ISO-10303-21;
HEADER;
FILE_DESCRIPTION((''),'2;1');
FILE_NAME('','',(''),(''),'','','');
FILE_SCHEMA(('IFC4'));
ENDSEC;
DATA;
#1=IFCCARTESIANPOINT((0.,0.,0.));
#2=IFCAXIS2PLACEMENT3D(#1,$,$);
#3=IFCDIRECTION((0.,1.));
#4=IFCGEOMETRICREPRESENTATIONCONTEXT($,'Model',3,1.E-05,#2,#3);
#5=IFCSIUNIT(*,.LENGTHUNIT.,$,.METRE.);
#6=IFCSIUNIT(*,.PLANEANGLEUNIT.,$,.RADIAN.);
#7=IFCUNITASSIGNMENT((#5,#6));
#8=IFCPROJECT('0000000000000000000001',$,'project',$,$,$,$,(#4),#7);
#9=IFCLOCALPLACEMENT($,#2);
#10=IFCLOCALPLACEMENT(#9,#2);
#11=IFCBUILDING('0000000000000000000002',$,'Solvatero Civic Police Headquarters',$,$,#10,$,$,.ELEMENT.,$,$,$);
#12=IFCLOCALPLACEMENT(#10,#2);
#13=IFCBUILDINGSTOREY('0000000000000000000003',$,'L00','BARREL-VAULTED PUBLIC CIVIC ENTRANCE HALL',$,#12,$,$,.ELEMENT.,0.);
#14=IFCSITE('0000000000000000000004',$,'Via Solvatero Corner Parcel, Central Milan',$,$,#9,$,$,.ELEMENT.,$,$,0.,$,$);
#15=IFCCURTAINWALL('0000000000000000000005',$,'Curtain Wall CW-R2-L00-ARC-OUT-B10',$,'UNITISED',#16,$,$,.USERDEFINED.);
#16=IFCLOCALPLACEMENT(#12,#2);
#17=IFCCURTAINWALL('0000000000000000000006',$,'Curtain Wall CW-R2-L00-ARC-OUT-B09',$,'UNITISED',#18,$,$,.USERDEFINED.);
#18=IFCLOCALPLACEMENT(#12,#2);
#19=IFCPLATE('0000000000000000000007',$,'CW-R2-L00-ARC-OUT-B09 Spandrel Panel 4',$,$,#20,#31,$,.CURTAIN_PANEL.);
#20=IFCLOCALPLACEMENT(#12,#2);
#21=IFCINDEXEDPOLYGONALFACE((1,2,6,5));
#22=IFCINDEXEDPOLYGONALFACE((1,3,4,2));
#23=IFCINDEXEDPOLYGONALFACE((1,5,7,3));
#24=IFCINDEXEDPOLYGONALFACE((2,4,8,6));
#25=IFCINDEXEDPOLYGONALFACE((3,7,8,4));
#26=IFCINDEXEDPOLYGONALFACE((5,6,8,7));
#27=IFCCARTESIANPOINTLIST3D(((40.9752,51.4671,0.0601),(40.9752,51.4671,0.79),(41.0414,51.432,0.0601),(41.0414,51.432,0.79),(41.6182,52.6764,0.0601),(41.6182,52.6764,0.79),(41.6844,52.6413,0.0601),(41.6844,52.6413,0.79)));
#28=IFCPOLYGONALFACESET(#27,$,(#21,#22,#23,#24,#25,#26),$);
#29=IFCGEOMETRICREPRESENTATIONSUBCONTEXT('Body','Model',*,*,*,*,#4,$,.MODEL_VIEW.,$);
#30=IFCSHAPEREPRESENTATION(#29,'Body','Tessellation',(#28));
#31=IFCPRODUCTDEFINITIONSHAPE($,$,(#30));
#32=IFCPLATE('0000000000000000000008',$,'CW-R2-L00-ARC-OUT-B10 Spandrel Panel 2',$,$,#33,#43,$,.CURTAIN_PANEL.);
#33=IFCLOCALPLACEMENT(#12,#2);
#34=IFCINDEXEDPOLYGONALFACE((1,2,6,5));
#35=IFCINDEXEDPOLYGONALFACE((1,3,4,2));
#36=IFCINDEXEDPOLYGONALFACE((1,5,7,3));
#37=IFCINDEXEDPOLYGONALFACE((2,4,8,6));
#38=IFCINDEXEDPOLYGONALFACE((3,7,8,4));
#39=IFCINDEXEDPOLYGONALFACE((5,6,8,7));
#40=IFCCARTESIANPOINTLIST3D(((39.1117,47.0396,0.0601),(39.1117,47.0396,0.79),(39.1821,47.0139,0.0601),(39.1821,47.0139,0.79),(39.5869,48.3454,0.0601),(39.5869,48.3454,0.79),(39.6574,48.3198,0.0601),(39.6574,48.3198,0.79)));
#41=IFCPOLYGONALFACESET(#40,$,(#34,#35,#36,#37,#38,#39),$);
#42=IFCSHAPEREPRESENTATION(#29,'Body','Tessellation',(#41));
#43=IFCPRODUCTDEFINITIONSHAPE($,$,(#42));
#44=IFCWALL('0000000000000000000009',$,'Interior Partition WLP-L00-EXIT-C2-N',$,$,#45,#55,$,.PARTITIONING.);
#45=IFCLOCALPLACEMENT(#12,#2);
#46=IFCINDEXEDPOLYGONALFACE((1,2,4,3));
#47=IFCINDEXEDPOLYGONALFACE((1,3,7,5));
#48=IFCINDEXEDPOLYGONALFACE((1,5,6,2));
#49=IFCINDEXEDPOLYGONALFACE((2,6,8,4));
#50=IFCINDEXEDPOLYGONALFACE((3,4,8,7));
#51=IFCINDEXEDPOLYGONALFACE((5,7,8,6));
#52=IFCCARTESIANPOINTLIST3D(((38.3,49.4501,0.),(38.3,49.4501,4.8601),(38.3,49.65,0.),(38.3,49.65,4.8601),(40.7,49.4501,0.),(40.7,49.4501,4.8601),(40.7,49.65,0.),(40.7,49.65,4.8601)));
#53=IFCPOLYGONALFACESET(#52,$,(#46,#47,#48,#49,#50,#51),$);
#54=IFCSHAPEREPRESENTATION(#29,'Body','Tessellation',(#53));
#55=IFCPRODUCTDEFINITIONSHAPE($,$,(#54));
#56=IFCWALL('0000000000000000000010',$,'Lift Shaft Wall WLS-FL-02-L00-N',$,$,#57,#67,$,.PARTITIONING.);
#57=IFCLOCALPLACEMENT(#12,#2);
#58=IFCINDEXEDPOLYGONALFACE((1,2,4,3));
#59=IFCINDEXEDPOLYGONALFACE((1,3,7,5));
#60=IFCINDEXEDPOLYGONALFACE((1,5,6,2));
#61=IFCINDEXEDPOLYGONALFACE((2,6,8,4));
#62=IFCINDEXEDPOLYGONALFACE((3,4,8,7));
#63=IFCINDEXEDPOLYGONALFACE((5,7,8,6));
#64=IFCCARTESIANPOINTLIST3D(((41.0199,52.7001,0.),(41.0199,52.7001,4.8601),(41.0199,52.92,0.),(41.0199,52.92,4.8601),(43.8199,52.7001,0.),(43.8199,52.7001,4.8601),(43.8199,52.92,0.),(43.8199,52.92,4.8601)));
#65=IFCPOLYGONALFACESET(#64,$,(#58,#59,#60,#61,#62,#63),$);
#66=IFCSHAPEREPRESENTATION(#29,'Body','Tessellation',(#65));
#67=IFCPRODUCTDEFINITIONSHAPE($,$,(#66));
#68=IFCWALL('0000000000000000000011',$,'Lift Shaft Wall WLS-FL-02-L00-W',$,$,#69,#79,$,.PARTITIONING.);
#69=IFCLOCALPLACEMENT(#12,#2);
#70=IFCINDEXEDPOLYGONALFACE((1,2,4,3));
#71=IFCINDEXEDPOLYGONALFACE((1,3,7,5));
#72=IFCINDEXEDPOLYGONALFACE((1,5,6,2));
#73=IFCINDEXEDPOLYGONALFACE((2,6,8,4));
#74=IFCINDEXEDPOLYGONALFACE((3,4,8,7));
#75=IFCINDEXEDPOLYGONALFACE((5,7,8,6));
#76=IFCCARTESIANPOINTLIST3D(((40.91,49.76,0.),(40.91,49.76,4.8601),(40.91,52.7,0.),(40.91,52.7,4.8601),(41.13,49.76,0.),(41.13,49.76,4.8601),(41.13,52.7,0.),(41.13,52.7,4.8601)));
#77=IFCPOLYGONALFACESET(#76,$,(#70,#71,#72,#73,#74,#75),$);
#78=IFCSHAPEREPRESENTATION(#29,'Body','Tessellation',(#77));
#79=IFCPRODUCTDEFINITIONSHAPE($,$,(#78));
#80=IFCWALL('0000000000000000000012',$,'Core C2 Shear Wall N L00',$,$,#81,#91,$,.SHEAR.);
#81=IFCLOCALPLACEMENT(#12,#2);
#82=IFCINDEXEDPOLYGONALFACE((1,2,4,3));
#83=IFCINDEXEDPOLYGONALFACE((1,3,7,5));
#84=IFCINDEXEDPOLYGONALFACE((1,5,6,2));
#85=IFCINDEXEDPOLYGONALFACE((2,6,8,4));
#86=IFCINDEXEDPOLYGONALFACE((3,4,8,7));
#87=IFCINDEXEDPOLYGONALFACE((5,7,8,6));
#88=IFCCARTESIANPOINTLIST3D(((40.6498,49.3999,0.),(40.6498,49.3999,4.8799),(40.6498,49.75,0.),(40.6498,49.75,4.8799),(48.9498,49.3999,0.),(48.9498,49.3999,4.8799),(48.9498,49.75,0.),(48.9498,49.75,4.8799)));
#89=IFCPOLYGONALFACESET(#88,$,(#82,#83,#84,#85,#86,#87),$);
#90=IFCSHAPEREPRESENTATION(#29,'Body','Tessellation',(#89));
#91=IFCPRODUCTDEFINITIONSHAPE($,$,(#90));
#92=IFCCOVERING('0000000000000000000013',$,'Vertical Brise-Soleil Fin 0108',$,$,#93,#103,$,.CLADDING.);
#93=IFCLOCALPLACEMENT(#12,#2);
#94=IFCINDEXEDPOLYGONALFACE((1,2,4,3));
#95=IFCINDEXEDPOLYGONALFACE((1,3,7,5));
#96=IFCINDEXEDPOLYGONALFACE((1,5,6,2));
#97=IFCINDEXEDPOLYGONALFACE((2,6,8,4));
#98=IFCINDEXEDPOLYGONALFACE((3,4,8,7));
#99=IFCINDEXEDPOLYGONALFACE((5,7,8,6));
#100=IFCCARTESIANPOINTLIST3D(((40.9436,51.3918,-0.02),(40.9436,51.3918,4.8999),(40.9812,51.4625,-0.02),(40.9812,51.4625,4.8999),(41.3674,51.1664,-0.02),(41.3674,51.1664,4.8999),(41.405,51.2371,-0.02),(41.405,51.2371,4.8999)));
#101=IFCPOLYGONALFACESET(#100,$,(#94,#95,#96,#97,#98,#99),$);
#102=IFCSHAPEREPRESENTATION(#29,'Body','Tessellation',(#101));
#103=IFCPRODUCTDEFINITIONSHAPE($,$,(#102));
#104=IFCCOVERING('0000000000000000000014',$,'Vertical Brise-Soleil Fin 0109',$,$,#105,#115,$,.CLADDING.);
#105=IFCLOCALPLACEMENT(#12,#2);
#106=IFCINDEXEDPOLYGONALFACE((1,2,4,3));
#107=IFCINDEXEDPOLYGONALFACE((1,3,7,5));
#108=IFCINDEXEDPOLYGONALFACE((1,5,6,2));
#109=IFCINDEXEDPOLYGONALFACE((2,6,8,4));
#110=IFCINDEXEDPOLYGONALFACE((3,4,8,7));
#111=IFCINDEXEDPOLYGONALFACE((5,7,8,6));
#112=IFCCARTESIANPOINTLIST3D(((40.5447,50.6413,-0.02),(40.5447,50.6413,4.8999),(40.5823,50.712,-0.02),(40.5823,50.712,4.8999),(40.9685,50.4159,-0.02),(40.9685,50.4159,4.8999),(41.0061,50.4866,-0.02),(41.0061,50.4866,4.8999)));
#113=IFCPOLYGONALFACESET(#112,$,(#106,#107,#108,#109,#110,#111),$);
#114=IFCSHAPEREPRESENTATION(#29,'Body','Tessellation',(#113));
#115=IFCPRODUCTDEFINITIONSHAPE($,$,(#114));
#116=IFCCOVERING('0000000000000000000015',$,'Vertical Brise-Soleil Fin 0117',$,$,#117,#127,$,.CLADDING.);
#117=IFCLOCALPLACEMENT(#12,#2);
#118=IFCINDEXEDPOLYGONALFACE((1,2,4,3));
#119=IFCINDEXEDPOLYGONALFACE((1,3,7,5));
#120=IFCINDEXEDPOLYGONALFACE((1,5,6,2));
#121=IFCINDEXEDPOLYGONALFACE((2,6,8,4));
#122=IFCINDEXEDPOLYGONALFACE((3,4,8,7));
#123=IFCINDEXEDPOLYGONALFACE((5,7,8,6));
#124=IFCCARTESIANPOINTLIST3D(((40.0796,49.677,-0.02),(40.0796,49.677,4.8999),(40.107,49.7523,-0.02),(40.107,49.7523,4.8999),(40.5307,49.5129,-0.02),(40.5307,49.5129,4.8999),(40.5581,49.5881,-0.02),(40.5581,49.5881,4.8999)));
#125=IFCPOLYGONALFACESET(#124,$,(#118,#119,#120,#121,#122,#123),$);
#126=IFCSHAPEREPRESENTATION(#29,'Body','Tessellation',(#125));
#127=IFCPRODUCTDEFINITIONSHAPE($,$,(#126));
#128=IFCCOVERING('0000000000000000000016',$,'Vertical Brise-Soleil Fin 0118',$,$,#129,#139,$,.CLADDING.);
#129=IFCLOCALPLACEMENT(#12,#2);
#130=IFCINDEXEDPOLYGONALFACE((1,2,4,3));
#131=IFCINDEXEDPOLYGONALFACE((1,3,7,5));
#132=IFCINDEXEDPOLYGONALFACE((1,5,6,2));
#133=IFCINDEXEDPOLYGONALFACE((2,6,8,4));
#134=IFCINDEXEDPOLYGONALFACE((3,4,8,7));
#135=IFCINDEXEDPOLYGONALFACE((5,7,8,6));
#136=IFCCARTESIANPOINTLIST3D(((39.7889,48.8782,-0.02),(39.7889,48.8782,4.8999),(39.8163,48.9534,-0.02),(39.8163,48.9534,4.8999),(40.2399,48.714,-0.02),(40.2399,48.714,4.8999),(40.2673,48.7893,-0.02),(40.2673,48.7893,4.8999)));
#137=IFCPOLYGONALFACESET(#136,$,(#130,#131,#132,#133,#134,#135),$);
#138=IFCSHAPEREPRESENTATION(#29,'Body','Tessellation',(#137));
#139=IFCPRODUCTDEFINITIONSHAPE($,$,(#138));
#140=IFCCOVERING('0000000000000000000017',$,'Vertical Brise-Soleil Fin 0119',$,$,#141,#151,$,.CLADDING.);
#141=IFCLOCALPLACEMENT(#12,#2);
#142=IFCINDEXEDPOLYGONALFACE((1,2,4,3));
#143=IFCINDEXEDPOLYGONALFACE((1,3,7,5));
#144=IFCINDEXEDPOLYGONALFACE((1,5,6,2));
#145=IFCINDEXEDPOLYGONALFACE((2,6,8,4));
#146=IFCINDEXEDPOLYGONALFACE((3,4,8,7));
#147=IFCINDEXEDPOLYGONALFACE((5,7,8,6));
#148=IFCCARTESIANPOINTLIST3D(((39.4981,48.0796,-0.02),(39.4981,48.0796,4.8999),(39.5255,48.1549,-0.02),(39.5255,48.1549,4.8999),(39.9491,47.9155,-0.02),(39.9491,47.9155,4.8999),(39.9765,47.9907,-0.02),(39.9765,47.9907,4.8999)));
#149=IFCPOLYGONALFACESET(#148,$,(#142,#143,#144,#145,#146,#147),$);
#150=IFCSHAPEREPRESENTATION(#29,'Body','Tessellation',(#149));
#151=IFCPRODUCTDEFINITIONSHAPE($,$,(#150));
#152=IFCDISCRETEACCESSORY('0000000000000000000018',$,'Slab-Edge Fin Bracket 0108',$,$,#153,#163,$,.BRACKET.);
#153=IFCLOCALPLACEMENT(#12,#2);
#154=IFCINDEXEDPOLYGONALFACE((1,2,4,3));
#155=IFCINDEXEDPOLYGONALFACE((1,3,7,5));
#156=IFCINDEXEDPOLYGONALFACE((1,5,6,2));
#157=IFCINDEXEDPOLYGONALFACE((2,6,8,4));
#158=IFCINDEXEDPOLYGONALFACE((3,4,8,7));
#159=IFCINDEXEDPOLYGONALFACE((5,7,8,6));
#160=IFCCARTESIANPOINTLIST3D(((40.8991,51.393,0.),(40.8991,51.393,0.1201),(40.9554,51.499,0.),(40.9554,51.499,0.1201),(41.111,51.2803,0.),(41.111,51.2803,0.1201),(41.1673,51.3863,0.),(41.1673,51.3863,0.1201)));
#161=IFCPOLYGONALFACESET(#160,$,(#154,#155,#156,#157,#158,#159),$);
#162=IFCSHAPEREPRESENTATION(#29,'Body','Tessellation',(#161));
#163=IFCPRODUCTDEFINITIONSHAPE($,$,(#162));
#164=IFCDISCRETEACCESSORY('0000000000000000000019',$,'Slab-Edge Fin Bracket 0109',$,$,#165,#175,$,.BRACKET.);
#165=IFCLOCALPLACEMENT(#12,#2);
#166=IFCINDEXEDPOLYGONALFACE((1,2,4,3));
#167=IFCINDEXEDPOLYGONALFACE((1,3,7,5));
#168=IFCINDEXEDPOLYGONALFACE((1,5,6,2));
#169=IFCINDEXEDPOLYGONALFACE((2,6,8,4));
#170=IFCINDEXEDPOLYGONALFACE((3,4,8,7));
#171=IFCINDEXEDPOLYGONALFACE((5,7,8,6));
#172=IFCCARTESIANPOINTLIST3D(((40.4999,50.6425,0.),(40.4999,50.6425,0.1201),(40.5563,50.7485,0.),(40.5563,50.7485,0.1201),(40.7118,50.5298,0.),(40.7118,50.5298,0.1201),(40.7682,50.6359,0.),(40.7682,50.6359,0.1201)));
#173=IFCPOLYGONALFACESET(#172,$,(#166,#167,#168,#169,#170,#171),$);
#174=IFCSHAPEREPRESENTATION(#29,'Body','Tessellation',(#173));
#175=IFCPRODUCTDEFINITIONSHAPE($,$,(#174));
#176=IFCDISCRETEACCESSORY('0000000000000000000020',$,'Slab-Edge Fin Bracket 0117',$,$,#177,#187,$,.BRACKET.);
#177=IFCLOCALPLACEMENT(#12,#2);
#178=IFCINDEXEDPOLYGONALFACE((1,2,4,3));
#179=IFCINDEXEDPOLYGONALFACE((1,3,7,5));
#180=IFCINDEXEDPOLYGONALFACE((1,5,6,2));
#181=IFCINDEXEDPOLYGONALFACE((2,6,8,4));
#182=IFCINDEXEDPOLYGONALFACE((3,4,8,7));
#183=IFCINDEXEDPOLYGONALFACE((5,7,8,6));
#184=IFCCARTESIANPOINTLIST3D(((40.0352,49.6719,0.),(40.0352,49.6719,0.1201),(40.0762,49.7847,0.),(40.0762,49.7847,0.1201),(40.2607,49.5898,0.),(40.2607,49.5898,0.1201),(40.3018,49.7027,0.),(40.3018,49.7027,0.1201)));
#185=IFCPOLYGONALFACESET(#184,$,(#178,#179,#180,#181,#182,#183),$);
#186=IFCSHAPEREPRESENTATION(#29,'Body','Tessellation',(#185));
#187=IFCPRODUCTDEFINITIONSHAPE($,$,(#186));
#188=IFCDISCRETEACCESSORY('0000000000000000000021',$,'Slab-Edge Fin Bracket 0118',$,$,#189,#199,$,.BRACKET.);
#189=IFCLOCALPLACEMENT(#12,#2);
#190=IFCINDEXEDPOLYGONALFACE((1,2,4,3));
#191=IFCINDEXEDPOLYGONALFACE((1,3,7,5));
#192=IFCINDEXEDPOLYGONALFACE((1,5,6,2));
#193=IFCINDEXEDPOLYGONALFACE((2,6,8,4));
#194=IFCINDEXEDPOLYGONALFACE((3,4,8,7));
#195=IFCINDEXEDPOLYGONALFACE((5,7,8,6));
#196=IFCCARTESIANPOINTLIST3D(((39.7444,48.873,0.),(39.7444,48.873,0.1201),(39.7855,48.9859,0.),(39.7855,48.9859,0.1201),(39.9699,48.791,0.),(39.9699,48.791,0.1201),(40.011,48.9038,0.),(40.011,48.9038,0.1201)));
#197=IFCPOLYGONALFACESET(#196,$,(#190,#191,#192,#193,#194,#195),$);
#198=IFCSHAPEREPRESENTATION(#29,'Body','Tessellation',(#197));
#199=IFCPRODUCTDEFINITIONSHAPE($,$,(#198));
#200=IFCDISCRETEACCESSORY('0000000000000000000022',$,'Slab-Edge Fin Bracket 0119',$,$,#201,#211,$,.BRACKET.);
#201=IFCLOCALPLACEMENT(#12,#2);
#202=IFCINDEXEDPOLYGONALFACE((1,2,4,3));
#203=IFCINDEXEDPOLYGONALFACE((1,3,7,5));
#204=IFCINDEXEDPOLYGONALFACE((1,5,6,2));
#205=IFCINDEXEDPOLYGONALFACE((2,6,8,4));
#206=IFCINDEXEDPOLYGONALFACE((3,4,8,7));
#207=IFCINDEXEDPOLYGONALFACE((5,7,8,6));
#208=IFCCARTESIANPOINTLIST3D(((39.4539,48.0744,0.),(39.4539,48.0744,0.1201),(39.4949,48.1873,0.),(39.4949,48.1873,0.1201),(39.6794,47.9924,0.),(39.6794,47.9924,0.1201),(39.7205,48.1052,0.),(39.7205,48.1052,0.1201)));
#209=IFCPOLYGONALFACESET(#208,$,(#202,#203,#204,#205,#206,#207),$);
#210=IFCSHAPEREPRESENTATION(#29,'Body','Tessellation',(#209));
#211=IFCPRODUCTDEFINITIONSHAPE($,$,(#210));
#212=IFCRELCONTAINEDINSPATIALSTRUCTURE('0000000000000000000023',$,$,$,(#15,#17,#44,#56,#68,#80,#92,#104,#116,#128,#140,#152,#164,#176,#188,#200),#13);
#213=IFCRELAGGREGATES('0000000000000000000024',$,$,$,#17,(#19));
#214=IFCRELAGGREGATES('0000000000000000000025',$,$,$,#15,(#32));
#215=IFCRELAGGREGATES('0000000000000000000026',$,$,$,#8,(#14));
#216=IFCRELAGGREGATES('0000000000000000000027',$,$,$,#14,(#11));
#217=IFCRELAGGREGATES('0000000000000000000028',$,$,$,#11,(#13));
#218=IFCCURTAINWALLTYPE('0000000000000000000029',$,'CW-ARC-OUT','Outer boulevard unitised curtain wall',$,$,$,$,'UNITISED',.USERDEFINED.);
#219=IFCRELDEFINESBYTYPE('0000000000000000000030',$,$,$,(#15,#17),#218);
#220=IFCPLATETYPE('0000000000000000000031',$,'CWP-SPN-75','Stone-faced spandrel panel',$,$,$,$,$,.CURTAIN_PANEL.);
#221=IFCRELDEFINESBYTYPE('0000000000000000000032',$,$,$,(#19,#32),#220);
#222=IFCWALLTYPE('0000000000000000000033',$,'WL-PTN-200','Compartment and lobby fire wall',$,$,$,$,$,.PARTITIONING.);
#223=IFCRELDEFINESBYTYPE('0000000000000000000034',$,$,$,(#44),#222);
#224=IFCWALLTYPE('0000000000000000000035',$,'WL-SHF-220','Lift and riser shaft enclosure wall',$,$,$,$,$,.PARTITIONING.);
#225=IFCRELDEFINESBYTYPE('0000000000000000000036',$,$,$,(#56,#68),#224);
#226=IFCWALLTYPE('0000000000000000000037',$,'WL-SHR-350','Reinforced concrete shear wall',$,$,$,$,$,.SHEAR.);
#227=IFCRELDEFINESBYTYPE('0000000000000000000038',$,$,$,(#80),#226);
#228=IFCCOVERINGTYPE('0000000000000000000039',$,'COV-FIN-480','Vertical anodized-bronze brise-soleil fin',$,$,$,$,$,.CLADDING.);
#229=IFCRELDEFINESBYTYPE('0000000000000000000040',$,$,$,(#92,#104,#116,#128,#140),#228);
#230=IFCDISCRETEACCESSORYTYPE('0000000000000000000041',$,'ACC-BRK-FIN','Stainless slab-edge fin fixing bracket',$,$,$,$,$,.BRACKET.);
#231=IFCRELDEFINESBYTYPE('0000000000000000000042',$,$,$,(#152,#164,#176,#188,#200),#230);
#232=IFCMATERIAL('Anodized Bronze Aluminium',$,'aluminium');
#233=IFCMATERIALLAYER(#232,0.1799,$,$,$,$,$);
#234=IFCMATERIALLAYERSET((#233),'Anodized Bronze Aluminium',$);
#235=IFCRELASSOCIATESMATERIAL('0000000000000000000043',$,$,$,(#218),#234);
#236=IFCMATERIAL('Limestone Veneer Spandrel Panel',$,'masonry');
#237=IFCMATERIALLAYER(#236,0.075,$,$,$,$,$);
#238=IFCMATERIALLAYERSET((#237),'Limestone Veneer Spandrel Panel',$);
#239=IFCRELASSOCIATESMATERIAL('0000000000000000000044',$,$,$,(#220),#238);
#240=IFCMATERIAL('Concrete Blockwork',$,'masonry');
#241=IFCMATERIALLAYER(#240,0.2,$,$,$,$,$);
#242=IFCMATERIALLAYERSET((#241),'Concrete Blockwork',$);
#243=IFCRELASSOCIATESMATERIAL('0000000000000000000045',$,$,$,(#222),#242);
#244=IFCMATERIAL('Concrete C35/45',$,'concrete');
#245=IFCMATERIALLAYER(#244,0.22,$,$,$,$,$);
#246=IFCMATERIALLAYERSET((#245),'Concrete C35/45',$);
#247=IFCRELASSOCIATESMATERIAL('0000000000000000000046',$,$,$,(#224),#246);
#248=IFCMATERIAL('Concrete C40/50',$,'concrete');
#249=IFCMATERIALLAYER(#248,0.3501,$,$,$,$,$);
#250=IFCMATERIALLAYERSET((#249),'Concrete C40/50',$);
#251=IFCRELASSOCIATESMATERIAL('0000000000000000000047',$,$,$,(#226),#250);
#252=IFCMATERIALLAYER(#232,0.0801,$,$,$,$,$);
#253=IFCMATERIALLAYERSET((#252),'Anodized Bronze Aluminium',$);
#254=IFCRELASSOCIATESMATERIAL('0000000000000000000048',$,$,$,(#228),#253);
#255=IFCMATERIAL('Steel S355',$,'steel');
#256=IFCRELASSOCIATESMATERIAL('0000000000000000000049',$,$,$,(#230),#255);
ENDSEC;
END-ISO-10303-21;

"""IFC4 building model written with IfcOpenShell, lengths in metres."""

from ifc_helpers import new_model, si_unit, direction, frame, frame_2d, origin, origin_2d, place, context, subcontext, project, spatial, rectangle, extrude, material, layer, layer_set, type_object, element, aggregate, save


model = new_model("IFC4")

# Units and contexts
model_context = context("Model", 3, precision=1e-05, world=origin(), true_north=direction((0.0, 1.0)))
body_context = subcontext(model_context, "Body", "Model", "MODEL_VIEW")
ifc_project = project(units=[si_unit("LENGTHUNIT", "METRE"), si_unit("PLANEANGLEUNIT", "RADIAN")], contexts=[model_context])

# Site, building, storey
site_placement = place(None, origin())
site = spatial("IfcSite", under=ifc_project, at=site_placement, Name="Via Solvatero Corner Parcel, Central Milan", CompositionType="ELEMENT", RefElevation=0.0)
building_placement = place(site_placement, origin())
building = spatial("IfcBuilding", under=site, at=building_placement, Name="Solvatero Civic Police Headquarters", CompositionType="ELEMENT")
storey_placement = place(building_placement, origin())
storey = spatial("IfcBuildingStorey", under=building, at=storey_placement, Name="L00", Description="BARREL-VAULTED PUBLIC CIVIC ENTRANCE HALL", CompositionType="ELEMENT", Elevation=0.0)

# Curtain walls
ifc_material_1 = material(Name="Anodized Bronze Aluminium", Category="aluminium")
ifc_layer_1 = layer(ifc_material_1, 0.1799)
ifc_layer_set_1 = layer_set([ifc_layer_1], Name="Anodized Bronze Aluminium")
curtain_wall_type = type_object("IfcCurtainWallType", Name="CW-ARC-OUT", Description="Outer boulevard unitised curtain wall", ElementType="UNITISED", PredefinedType="USERDEFINED", material=ifc_layer_set_1)
curtain_wall_1_placement = place(storey_placement, origin())
curtain_wall_1 = element("IfcCurtainWall", 1, at=curtain_wall_1_placement, inside=storey, type_object=curtain_wall_type, Name="Curtain Wall CW-R2-L00-ARC-OUT-B10", ObjectType="UNITISED", PredefinedType="USERDEFINED")
curtain_wall_2_placement = place(storey_placement, origin())
curtain_wall_2 = element("IfcCurtainWall", 2, at=curtain_wall_2_placement, inside=storey, type_object=curtain_wall_type, Name="Curtain Wall CW-R2-L00-ARC-OUT-B09", ObjectType="UNITISED", PredefinedType="USERDEFINED")

# Plates
ifc_material_2 = material(Name="Limestone Veneer Spandrel Panel", Category="masonry")
ifc_layer_2 = layer(ifc_material_2, 0.075)
ifc_layer_set_2 = layer_set([ifc_layer_2], Name="Limestone Veneer Spandrel Panel")
plate_type_1 = type_object("IfcPlateType", Name="CWP-SPN-75", Description="Stone-faced spandrel panel", PredefinedType="CURTAIN_PANEL", material=ifc_layer_set_2)
plate_1_placement = place(storey_placement, frame((41.3298, 52.0542, 0.0601), z_axis=(0.0, 0.0, 1.0), x_axis=(-0.469472, -0.882948, 0.0)))
plate_1 = element("IfcPlate", 3, at=plate_1_placement, type_object=plate_type_1, Name="CW-R2-L00-ARC-OUT-B09 Spandrel Panel 4", PredefinedType="CURTAIN_PANEL", context=body_context, shape_type="SweptSolid", body=[
    extrude(rectangle(XDim=1.3696, YDim=0.075, at=origin_2d()), origin(), (0.0, 0.0, 1.0), 0.73),
])
aggregate(curtain_wall_2, [plate_1])
plate_2_placement = place(storey_placement, frame((39.3845, 47.6797, 0.0601), z_axis=(0.0, 0.0, 1.0), x_axis=(-0.342004, -0.939699, 0.0)))
plate_2 = element("IfcPlate", 4, at=plate_2_placement, type_object=plate_type_1, Name="CW-R2-L00-ARC-OUT-B10 Spandrel Panel 2", PredefinedType="CURTAIN_PANEL", context=body_context, shape_type="SweptSolid", body=[
    extrude(rectangle(XDim=1.3896, YDim=0.075, at=origin_2d()), origin(), (0.0, 0.0, 1.0), 0.73),
])
aggregate(curtain_wall_1, [plate_2])

# Walls
ifc_material_3 = material(Name="Concrete Blockwork", Category="masonry")
ifc_layer_3 = layer(ifc_material_3, 0.2)
ifc_layer_set_3 = layer_set([ifc_layer_3], Name="Concrete Blockwork")
wall_type_1 = type_object("IfcWallType", Name="WL-PTN-200", Description="Compartment and lobby fire wall", PredefinedType="PARTITIONING", material=ifc_layer_set_3)
wall_1_placement = place(storey_placement, frame((38.3, 49.55, 0.0), z_axis=(0.0, 0.0, 1.0), x_axis=(1.0, 0.0, 0.0)))
element("IfcWall", 5, at=wall_1_placement, inside=storey, type_object=wall_type_1, Name="Interior Partition WLP-L00-EXIT-C2-N", PredefinedType="PARTITIONING", context=body_context, shape_type="SweptSolid", body=[
    extrude(rectangle(XDim=2.3999, YDim=0.2, at=frame_2d((1.2, 0.0))), origin(), (0.0, 0.0, 1.0), 4.8601),
])
ifc_material_4 = material(Name="Concrete C35/45", Category="concrete")
ifc_layer_4 = layer(ifc_material_4, 0.22)
ifc_layer_set_4 = layer_set([ifc_layer_4], Name="Concrete C35/45")
wall_type_2 = type_object("IfcWallType", Name="WL-SHF-220", Description="Lift and riser shaft enclosure wall", PredefinedType="PARTITIONING", material=ifc_layer_set_4)
wall_2_placement = place(storey_placement, frame((41.02, 52.8101, 0.0), z_axis=(0.0, 0.0, 1.0), x_axis=(1.0, 0.0, 0.0)))
element("IfcWall", 6, at=wall_2_placement, inside=storey, type_object=wall_type_2, Name="Lift Shaft Wall WLS-FL-02-L00-N", PredefinedType="PARTITIONING", context=body_context, shape_type="SweptSolid", body=[
    extrude(rectangle(XDim=2.8, YDim=0.22, at=frame_2d((1.3999, 0.0))), origin(), (0.0, 0.0, 1.0), 4.8601),
])
wall_3_placement = place(storey_placement, frame((41.02, 49.76, 0.0), z_axis=(0.0, 0.0, 1.0), x_axis=(0.0, 1.0, 0.0)))
element("IfcWall", 7, at=wall_3_placement, inside=storey, type_object=wall_type_2, Name="Lift Shaft Wall WLS-FL-02-L00-W", PredefinedType="PARTITIONING", context=body_context, shape_type="SweptSolid", body=[
    extrude(rectangle(XDim=2.9399, YDim=0.22, at=frame_2d((1.47, 0.0))), origin(), (0.0, 0.0, 1.0), 4.8601),
])
ifc_material_5 = material(Name="Concrete C40/50", Category="concrete")
ifc_layer_5 = layer(ifc_material_5, 0.3501)
ifc_layer_set_5 = layer_set([ifc_layer_5], Name="Concrete C40/50")
wall_type_3 = type_object("IfcWallType", Name="WL-SHR-350", Description="Reinforced concrete shear wall", PredefinedType="SHEAR", material=ifc_layer_set_5)
wall_4_placement = place(storey_placement, frame((40.6499, 49.575, 0.0), z_axis=(0.0, 0.0, 1.0), x_axis=(1.0, 0.0, 0.0)))
element("IfcWall", 8, at=wall_4_placement, inside=storey, type_object=wall_type_3, Name="Core C2 Shear Wall N L00", PredefinedType="SHEAR", context=body_context, shape_type="SweptSolid", body=[
    extrude(rectangle(XDim=8.3, YDim=0.3501, at=frame_2d((4.1499, 0.0))), origin(), (0.0, 0.0, 1.0), 4.8799),
])

# Coverings
ifc_layer_6 = layer(ifc_material_1, 0.0801)
ifc_layer_set_6 = layer_set([ifc_layer_6], Name="Anodized Bronze Aluminium")
covering_type = type_object("IfcCoveringType", Name="COV-FIN-480", Description="Vertical anodized-bronze brise-soleil fin", PredefinedType="CLADDING", material=ifc_layer_set_6)
for number, where, z_axis, x_axis, name in (
    (9, (41.1743, 51.3145, -0.02), (0.0, 0.0, 1.0), (-0.469472, -0.882948, 0.0), "Vertical Brise-Soleil Fin 0108"),
    (10, (40.7754, 50.564, -0.02), (0.0, 0.0, 1.0), (-0.469472, -0.882948, 0.0), "Vertical Brise-Soleil Fin 0109"),
    (11, (40.3188, 49.6326, -0.02), (0.0, 0.0, 1.0), (-0.342004, -0.939699, 0.0), "Vertical Brise-Soleil Fin 0117"),
    (12, (40.0281, 48.8337, -0.02), (0.0, 0.0, 1.0), (-0.342004, -0.939699, 0.0), "Vertical Brise-Soleil Fin 0118"),
    (13, (39.7373, 48.0352, -0.02), (0.0, 0.0, 1.0), (-0.342004, -0.939699, 0.0), "Vertical Brise-Soleil Fin 0119"),
):
    element("IfcCovering", number, at=place(storey_placement, frame(where, z_axis=z_axis, x_axis=x_axis)), inside=storey, type_object=covering_type, Name=name, PredefinedType="CLADDING", context=body_context, shape_type="SweptSolid", body=[
        extrude(rectangle(XDim=0.0801, YDim=0.48, at=origin_2d()), origin(), (0.0, 0.0, 1.0), 4.9199),
    ])

# Discrete accessories
ifc_material_6 = material(Name="Steel S355", Category="steel")
discrete_accessory_type = type_object("IfcDiscreteAccessoryType", Name="ACC-BRK-FIN", Description="Stainless slab-edge fin fixing bracket", PredefinedType="BRACKET", material=ifc_material_6)
for number, where, z_axis, x_axis, name in (
    (14, (41.0332, 51.3896, 0.0), (0.0, 0.0, 1.0), (-0.469472, -0.882948, 0.0), "Slab-Edge Fin Bracket 0108"),
    (15, (40.634, 50.6392, 0.0), (0.0, 0.0, 1.0), (-0.469472, -0.882948, 0.0), "Slab-Edge Fin Bracket 0109"),
    (16, (40.1685, 49.6873, 0.0), (0.0, 0.0, 1.0), (-0.342004, -0.939699, 0.0), "Slab-Edge Fin Bracket 0117"),
    (17, (39.8777, 48.8884, 0.0), (0.0, 0.0, 1.0), (-0.342004, -0.939699, 0.0), "Slab-Edge Fin Bracket 0118"),
    (18, (39.5872, 48.0898, 0.0), (0.0, 0.0, 1.0), (-0.342004, -0.939699, 0.0), "Slab-Edge Fin Bracket 0119"),
):
    element("IfcDiscreteAccessory", number, at=place(storey_placement, frame(where, z_axis=z_axis, x_axis=x_axis)), inside=storey, type_object=discrete_accessory_type, Name=name, PredefinedType="BRACKET", context=body_context, shape_type="SweptSolid", body=[
        extrude(rectangle(XDim=0.1201, YDim=0.24, at=origin_2d()), origin(), (0.0, 0.0, 1.0), 0.1201),
    ])

save(model, "model.ifc")
